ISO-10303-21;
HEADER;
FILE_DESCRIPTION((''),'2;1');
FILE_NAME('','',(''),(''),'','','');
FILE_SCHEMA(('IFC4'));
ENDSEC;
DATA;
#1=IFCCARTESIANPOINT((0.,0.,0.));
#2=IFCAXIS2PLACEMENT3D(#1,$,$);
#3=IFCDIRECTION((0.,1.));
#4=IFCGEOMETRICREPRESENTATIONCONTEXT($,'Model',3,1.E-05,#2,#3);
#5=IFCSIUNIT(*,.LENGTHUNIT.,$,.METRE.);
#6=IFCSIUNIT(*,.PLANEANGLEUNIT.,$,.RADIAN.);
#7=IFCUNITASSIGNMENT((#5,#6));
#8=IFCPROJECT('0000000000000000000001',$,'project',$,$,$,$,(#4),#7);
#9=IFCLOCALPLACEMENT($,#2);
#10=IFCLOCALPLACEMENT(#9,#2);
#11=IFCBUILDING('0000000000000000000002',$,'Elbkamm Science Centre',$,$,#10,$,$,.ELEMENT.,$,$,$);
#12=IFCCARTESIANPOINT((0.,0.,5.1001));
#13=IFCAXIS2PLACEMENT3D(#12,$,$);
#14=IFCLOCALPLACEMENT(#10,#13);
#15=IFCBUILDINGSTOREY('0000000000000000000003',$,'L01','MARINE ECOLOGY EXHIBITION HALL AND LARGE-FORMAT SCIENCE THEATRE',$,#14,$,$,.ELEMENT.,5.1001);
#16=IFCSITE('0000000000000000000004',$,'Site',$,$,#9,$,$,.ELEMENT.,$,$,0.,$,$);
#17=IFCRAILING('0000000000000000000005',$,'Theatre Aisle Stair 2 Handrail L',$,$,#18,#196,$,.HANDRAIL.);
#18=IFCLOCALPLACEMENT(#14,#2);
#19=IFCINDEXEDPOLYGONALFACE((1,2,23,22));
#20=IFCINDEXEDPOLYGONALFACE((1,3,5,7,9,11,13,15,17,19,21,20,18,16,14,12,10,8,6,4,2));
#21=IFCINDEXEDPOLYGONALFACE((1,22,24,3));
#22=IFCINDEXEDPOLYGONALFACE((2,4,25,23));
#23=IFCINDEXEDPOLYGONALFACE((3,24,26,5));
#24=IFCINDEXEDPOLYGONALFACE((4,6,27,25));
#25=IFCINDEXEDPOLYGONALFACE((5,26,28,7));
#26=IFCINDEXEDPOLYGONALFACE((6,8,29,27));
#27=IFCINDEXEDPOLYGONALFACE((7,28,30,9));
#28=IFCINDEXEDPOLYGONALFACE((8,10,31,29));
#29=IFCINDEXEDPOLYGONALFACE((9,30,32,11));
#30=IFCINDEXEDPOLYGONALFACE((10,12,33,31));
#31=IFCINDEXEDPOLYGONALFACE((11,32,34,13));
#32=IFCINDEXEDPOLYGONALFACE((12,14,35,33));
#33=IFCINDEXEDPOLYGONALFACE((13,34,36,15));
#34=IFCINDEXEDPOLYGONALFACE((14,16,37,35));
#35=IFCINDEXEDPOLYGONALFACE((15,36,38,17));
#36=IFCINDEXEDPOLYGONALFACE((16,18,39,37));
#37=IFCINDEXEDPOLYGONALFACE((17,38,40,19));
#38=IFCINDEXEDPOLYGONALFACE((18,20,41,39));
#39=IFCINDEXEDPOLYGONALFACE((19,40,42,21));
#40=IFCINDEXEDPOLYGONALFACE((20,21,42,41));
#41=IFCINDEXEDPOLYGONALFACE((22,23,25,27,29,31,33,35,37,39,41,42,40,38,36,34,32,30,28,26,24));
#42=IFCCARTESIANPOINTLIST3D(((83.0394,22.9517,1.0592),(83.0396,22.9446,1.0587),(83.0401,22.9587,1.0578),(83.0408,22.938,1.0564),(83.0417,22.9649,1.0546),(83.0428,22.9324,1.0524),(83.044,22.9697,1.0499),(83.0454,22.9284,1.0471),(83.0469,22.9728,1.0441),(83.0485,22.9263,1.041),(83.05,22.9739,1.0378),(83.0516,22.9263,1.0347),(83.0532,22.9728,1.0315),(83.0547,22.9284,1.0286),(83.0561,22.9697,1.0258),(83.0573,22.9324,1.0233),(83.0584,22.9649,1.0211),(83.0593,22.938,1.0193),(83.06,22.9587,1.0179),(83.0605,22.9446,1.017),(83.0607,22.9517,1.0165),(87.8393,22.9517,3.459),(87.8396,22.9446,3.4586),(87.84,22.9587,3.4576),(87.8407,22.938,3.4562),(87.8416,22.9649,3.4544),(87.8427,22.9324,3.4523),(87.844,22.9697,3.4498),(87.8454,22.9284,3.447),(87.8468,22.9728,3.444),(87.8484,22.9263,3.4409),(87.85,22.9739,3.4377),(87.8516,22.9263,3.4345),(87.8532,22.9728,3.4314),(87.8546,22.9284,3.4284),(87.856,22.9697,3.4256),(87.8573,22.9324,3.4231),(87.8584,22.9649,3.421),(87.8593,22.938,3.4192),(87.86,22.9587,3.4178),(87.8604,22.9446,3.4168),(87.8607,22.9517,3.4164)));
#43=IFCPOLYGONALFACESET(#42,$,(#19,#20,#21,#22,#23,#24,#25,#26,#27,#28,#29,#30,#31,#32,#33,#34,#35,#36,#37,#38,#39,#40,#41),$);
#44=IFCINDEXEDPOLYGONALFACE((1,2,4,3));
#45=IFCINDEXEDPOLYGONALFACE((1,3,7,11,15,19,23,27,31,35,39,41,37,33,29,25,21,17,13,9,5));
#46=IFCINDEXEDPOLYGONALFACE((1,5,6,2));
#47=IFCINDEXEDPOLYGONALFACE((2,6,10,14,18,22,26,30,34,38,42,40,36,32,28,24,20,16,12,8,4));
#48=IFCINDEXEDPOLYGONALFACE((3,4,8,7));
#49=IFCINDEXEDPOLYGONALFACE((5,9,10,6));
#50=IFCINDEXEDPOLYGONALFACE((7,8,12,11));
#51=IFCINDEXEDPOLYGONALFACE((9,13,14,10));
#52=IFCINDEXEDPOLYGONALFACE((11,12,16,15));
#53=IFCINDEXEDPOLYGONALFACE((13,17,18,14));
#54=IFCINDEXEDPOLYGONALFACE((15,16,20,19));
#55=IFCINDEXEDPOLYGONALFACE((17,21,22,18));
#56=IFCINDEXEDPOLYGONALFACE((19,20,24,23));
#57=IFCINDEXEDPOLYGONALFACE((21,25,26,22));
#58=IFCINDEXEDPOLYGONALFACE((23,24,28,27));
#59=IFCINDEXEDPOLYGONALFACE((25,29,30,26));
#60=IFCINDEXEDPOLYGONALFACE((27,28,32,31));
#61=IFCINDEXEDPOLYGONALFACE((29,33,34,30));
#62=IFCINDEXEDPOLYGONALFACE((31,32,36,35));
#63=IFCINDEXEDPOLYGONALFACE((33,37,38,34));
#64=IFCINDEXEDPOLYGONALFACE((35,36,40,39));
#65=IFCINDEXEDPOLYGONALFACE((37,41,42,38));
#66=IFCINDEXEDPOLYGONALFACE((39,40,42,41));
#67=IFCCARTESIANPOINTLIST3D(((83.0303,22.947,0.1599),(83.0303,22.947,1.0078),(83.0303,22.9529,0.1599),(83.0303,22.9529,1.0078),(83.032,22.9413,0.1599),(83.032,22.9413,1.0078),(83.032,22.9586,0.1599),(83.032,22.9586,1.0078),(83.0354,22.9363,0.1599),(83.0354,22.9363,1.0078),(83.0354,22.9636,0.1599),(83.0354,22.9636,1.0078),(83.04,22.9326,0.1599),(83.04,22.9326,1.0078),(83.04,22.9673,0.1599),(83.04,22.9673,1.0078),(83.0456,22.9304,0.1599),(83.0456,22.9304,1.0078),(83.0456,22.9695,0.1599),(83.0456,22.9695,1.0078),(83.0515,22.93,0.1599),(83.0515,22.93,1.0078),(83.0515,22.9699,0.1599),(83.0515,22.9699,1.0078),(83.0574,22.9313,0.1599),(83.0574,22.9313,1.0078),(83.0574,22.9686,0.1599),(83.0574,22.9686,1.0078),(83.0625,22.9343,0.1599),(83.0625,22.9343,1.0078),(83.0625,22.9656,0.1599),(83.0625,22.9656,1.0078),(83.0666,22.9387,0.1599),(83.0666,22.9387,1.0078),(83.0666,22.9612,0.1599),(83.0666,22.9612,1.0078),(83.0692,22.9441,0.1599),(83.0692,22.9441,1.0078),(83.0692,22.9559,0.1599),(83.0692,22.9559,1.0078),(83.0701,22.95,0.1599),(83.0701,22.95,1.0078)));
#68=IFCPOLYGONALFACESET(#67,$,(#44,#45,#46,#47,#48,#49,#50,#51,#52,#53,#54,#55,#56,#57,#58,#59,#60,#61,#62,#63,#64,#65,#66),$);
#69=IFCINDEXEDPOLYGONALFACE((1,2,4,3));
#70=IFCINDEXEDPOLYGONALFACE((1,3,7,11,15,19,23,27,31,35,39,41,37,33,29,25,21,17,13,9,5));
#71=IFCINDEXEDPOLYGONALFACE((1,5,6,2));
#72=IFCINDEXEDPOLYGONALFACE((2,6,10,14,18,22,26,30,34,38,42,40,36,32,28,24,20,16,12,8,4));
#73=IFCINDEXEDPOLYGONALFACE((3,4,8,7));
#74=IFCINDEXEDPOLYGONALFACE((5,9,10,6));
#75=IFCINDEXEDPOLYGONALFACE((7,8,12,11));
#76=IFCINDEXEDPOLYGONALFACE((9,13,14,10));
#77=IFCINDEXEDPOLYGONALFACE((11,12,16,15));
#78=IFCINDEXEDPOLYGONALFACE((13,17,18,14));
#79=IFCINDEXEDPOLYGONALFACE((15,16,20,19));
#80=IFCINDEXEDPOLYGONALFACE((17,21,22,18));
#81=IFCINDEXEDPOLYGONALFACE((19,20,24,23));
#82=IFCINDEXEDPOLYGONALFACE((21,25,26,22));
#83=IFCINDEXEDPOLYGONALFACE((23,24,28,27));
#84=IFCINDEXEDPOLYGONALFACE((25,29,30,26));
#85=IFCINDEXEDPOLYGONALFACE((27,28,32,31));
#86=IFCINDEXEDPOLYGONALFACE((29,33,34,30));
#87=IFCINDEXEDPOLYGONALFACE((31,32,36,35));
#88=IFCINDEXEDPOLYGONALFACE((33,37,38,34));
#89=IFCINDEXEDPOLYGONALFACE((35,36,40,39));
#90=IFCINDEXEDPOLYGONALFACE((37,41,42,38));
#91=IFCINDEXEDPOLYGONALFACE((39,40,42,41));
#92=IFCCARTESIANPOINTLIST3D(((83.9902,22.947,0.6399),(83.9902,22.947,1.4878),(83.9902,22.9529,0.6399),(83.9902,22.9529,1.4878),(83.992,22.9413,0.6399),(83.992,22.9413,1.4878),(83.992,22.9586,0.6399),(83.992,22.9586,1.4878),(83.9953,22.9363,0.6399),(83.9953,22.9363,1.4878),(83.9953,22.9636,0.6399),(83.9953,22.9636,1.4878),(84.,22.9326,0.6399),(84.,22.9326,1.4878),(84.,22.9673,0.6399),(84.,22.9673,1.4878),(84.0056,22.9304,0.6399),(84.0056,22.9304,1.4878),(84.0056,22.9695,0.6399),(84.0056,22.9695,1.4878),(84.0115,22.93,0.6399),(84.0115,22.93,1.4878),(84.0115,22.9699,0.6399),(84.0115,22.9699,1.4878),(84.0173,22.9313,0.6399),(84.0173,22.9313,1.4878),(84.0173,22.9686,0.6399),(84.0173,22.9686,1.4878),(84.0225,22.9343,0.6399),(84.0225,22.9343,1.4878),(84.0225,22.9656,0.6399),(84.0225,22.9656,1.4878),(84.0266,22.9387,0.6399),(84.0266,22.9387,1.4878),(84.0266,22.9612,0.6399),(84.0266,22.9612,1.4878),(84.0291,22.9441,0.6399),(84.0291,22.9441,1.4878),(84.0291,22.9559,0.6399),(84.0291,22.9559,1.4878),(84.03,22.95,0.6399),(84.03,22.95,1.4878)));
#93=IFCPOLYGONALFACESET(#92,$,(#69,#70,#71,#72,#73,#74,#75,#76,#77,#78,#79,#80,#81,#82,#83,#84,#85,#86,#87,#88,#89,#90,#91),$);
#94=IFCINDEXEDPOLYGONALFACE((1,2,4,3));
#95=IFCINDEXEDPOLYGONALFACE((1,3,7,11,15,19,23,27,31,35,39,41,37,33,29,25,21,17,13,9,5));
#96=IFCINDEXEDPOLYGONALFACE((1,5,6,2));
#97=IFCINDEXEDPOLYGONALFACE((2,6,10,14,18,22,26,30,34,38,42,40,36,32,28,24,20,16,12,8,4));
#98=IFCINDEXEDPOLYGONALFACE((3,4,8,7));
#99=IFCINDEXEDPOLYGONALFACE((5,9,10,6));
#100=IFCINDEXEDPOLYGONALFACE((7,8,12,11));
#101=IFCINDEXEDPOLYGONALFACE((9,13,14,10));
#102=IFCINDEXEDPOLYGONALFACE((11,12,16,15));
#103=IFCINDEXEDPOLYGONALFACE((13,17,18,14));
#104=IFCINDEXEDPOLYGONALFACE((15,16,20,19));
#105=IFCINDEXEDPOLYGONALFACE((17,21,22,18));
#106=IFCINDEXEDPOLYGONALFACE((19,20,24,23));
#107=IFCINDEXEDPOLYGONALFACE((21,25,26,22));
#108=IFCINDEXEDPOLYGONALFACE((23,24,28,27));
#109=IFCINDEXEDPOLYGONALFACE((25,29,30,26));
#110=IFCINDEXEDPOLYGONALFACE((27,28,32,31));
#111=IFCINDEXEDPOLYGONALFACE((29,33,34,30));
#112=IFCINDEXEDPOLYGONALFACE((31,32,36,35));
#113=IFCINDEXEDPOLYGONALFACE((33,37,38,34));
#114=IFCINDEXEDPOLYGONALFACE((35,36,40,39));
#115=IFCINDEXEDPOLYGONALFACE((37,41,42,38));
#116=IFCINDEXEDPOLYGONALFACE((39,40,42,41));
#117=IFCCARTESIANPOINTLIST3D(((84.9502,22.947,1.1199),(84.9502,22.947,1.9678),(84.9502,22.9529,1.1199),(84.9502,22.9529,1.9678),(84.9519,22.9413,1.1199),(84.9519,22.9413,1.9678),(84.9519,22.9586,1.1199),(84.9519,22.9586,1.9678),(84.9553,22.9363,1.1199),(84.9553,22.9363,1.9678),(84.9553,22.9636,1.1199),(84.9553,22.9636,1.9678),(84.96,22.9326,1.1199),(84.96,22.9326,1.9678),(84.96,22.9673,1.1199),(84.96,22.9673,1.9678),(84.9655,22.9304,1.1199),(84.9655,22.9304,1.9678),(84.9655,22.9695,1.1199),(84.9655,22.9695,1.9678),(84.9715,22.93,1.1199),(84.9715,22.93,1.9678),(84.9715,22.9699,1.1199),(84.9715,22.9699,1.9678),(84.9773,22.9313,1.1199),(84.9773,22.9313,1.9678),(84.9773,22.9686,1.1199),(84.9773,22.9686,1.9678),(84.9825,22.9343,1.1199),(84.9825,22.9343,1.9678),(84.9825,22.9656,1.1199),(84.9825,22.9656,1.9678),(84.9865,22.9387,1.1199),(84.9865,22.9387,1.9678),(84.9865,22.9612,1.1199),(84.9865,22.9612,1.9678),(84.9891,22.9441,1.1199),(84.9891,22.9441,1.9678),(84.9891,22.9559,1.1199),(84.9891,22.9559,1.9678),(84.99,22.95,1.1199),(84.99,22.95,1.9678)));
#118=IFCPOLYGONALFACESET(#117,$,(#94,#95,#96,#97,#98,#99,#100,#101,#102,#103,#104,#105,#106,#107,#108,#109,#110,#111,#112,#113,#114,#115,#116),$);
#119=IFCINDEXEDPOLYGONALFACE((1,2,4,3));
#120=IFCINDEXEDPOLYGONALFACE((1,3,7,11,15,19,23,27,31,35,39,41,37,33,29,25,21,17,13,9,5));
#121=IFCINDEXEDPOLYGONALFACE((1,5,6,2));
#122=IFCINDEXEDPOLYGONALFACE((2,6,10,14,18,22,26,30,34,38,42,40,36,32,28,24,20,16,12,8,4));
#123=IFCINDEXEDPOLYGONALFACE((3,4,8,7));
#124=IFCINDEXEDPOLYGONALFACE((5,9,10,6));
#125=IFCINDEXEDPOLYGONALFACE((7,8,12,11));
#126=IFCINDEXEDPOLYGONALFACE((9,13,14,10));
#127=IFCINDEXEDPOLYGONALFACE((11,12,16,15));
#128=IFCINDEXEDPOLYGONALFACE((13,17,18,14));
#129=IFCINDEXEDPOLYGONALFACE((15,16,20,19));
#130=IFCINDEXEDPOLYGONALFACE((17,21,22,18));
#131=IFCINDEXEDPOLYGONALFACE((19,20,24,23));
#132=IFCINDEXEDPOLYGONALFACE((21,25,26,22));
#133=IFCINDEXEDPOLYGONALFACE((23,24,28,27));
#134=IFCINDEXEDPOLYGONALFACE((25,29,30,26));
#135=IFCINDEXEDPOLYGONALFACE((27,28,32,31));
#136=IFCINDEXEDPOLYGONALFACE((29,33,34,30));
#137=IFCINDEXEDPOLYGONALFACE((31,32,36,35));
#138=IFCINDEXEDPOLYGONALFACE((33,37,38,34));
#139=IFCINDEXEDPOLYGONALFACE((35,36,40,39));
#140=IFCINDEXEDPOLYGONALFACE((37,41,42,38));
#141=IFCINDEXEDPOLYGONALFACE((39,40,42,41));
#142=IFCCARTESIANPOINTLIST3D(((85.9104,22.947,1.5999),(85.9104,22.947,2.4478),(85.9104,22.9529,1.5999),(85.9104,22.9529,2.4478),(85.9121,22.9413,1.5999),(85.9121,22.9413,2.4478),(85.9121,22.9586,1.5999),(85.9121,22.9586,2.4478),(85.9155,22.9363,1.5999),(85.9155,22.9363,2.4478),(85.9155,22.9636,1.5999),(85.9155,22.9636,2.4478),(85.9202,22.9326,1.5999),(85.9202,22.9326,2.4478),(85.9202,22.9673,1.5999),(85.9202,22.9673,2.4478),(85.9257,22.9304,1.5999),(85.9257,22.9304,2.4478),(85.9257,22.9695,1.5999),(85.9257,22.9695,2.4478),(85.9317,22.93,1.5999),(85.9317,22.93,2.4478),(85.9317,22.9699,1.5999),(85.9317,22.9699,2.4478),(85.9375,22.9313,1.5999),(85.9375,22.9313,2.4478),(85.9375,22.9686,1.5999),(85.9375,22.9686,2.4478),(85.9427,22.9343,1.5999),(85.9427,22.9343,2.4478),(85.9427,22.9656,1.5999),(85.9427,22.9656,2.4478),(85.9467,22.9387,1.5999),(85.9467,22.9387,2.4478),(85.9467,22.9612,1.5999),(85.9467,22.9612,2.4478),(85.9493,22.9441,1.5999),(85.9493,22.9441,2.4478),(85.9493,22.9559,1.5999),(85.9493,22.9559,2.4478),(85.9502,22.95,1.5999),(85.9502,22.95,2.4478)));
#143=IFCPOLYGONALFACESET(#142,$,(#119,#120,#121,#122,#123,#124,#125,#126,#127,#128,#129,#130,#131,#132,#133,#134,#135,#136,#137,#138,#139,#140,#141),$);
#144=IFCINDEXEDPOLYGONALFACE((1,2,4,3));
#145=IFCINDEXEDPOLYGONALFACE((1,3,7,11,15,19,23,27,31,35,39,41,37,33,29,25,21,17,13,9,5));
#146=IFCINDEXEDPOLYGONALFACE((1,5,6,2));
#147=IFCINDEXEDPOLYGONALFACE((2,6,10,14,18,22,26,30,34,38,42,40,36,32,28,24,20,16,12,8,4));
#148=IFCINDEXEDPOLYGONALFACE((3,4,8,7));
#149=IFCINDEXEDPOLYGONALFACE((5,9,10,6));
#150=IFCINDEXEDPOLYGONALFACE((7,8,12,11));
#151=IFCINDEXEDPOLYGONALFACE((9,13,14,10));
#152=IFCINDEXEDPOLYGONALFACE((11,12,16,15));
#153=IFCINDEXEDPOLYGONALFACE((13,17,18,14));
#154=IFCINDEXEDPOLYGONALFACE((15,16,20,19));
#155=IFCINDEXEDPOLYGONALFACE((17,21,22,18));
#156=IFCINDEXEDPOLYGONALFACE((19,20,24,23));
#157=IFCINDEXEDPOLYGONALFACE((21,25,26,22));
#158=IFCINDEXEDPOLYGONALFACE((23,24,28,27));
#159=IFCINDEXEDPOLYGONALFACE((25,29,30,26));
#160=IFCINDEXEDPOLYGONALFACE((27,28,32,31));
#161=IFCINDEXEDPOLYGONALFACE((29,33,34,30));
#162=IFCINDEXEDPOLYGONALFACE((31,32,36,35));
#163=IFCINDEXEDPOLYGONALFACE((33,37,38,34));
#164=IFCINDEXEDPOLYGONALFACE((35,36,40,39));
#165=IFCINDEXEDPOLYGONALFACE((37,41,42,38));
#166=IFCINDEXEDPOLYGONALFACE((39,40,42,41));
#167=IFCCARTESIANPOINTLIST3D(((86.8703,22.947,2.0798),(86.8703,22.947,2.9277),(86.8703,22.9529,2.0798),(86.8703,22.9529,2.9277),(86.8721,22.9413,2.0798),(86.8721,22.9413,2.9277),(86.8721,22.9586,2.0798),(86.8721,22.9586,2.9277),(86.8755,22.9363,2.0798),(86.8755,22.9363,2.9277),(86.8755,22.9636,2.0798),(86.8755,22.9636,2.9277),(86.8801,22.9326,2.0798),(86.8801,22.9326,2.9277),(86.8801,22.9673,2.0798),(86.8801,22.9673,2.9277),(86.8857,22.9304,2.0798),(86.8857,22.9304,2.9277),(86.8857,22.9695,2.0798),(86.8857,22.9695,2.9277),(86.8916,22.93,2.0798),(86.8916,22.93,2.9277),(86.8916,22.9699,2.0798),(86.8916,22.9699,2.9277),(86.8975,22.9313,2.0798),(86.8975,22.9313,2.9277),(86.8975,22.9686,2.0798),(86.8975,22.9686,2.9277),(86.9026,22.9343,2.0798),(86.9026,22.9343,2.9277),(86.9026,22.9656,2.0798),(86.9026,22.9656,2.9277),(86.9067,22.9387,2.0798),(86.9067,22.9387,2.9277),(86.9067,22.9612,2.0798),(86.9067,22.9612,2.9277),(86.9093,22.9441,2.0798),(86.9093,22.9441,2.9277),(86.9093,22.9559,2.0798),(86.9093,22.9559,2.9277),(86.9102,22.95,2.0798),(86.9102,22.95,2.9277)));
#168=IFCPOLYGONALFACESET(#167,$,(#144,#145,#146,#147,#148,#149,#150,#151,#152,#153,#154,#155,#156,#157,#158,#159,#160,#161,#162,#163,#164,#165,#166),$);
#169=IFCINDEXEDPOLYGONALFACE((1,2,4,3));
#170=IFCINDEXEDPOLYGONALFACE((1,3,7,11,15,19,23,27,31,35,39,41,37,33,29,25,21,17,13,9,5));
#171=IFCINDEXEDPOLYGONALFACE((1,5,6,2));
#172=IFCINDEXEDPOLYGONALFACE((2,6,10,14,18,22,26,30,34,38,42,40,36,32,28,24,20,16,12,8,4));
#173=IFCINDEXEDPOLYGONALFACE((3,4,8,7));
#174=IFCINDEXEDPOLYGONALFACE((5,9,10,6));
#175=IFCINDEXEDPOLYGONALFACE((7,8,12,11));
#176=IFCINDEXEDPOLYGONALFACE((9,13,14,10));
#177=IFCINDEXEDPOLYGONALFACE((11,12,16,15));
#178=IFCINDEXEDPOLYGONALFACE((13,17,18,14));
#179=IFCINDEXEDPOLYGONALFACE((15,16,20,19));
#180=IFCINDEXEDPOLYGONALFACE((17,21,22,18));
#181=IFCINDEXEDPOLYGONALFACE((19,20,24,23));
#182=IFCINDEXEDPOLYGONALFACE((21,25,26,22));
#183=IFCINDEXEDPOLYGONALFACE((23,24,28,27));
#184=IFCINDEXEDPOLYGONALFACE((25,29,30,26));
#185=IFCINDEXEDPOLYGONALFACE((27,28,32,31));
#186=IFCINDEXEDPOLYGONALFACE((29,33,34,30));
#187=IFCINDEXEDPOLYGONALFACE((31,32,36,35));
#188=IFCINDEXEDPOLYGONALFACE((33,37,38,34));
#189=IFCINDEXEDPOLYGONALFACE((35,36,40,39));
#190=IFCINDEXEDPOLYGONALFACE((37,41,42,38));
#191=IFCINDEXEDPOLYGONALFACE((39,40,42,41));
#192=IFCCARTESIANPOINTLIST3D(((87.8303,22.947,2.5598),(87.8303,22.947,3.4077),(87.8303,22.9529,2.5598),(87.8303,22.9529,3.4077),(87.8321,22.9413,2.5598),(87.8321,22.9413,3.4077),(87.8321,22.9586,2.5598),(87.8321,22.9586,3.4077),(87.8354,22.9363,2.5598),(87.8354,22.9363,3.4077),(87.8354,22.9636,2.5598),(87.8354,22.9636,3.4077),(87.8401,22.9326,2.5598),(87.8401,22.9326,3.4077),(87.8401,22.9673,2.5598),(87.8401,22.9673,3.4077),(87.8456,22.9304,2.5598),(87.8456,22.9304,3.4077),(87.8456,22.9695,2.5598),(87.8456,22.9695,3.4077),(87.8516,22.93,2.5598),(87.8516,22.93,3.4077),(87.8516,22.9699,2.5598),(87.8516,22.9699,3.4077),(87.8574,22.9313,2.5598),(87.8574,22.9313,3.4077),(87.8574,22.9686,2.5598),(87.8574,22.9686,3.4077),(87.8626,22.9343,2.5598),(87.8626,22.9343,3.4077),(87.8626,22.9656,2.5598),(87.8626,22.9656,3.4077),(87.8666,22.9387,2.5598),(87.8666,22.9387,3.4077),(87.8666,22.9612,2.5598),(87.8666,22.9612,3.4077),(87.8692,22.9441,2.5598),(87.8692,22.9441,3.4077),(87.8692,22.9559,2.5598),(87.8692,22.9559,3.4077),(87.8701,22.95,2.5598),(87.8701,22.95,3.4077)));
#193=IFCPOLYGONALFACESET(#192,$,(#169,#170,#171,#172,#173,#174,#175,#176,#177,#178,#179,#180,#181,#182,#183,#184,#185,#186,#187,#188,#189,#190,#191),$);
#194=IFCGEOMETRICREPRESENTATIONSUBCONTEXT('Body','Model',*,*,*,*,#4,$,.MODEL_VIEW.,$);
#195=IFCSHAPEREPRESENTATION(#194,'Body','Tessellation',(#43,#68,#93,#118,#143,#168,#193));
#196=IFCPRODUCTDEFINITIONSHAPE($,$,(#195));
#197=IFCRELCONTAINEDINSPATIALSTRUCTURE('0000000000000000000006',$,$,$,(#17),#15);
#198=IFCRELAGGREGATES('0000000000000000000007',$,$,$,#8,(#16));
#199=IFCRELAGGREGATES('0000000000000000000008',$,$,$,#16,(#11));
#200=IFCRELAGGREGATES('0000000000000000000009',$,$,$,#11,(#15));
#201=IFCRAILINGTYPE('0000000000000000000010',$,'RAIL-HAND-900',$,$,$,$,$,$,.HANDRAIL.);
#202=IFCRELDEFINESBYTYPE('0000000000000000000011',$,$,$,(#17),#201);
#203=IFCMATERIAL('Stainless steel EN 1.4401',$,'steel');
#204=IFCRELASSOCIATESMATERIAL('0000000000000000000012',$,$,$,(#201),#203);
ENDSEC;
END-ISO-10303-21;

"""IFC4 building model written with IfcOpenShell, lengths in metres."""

from ifc_helpers import new_model, si_unit, direction, frame, origin, origin_2d, place, context, subcontext, project, spatial, circle, extrude, material, type_object, element, save


model = new_model("IFC4")

# Units and contexts
model_context = context("Model", 3, precision=1e-05, world=origin(), true_north=direction((0.0, 1.0)))
body_context = subcontext(model_context, "Body", "Model", "MODEL_VIEW")
ifc_project = project(units=[si_unit("LENGTHUNIT", "METRE"), si_unit("PLANEANGLEUNIT", "RADIAN")], contexts=[model_context])

# Site, building, storey
site_placement = place(None, origin())
site = spatial("IfcSite", under=ifc_project, at=site_placement, Name="Site", CompositionType="ELEMENT", RefElevation=0.0)
building_placement = place(site_placement, origin())
building = spatial("IfcBuilding", under=site, at=building_placement, Name="Elbkamm Science Centre", CompositionType="ELEMENT")
storey_placement = place(building_placement, frame((0.0, 0.0, 5.1001)))
storey = spatial("IfcBuildingStorey", under=building, at=storey_placement, Name="L01", Description="MARINE ECOLOGY EXHIBITION HALL AND LARGE-FORMAT SCIENCE THEATRE", CompositionType="ELEMENT", Elevation=5.1001)

# Railing
ifc_material_1 = material(Name="Stainless steel EN 1.4401", Category="steel")
railing_type_1 = type_object("IfcRailingType", Name="RAIL-HAND-900", PredefinedType="HANDRAIL", material=ifc_material_1)
for number, where, name in (
    (1, (83.05, 22.95, 0.1599), "Theatre Aisle Stair 2 Handrail L"),
):
    element("IfcRailing", number, at=place(storey_placement, frame(where)), inside=storey, type_object=railing_type_1, Name=name, PredefinedType="HANDRAIL", context=body_context, shape_type="SweptSolid", body=[
        extrude(circle(Radius=0.0239, at=origin_2d()), frame((0.0, 0.0, 0.8779), z_axis=(0.894436, 0.0, 0.447195), x_axis=(0.0, 1.0, 0.0)), (0.0, 0.0, 1.0), 5.3665),
        extrude(circle(Radius=0.02, at=origin_2d()), origin(), (0.0, 0.0, 1.0), 0.8479),
        extrude(circle(Radius=0.02, at=origin_2d()), frame((0.96, 0.0, 0.48)), (0.0, 0.0, 1.0), 0.8479),
        extrude(circle(Radius=0.02, at=origin_2d()), frame((1.9199, 0.0, 0.96)), (0.0, 0.0, 1.0), 0.8479),
        extrude(circle(Radius=0.02, at=origin_2d()), frame((2.8801, 0.0, 1.4399)), (0.0, 0.0, 1.0), 0.8479),
        extrude(circle(Radius=0.02, at=origin_2d()), frame((3.8401, 0.0, 1.9199)), (0.0, 0.0, 1.0), 0.8479),
        extrude(circle(Radius=0.02, at=origin_2d()), frame((4.8, 0.0, 2.3999)), (0.0, 0.0, 1.0), 0.8479),
    ])

save(model, "model.ifc")
